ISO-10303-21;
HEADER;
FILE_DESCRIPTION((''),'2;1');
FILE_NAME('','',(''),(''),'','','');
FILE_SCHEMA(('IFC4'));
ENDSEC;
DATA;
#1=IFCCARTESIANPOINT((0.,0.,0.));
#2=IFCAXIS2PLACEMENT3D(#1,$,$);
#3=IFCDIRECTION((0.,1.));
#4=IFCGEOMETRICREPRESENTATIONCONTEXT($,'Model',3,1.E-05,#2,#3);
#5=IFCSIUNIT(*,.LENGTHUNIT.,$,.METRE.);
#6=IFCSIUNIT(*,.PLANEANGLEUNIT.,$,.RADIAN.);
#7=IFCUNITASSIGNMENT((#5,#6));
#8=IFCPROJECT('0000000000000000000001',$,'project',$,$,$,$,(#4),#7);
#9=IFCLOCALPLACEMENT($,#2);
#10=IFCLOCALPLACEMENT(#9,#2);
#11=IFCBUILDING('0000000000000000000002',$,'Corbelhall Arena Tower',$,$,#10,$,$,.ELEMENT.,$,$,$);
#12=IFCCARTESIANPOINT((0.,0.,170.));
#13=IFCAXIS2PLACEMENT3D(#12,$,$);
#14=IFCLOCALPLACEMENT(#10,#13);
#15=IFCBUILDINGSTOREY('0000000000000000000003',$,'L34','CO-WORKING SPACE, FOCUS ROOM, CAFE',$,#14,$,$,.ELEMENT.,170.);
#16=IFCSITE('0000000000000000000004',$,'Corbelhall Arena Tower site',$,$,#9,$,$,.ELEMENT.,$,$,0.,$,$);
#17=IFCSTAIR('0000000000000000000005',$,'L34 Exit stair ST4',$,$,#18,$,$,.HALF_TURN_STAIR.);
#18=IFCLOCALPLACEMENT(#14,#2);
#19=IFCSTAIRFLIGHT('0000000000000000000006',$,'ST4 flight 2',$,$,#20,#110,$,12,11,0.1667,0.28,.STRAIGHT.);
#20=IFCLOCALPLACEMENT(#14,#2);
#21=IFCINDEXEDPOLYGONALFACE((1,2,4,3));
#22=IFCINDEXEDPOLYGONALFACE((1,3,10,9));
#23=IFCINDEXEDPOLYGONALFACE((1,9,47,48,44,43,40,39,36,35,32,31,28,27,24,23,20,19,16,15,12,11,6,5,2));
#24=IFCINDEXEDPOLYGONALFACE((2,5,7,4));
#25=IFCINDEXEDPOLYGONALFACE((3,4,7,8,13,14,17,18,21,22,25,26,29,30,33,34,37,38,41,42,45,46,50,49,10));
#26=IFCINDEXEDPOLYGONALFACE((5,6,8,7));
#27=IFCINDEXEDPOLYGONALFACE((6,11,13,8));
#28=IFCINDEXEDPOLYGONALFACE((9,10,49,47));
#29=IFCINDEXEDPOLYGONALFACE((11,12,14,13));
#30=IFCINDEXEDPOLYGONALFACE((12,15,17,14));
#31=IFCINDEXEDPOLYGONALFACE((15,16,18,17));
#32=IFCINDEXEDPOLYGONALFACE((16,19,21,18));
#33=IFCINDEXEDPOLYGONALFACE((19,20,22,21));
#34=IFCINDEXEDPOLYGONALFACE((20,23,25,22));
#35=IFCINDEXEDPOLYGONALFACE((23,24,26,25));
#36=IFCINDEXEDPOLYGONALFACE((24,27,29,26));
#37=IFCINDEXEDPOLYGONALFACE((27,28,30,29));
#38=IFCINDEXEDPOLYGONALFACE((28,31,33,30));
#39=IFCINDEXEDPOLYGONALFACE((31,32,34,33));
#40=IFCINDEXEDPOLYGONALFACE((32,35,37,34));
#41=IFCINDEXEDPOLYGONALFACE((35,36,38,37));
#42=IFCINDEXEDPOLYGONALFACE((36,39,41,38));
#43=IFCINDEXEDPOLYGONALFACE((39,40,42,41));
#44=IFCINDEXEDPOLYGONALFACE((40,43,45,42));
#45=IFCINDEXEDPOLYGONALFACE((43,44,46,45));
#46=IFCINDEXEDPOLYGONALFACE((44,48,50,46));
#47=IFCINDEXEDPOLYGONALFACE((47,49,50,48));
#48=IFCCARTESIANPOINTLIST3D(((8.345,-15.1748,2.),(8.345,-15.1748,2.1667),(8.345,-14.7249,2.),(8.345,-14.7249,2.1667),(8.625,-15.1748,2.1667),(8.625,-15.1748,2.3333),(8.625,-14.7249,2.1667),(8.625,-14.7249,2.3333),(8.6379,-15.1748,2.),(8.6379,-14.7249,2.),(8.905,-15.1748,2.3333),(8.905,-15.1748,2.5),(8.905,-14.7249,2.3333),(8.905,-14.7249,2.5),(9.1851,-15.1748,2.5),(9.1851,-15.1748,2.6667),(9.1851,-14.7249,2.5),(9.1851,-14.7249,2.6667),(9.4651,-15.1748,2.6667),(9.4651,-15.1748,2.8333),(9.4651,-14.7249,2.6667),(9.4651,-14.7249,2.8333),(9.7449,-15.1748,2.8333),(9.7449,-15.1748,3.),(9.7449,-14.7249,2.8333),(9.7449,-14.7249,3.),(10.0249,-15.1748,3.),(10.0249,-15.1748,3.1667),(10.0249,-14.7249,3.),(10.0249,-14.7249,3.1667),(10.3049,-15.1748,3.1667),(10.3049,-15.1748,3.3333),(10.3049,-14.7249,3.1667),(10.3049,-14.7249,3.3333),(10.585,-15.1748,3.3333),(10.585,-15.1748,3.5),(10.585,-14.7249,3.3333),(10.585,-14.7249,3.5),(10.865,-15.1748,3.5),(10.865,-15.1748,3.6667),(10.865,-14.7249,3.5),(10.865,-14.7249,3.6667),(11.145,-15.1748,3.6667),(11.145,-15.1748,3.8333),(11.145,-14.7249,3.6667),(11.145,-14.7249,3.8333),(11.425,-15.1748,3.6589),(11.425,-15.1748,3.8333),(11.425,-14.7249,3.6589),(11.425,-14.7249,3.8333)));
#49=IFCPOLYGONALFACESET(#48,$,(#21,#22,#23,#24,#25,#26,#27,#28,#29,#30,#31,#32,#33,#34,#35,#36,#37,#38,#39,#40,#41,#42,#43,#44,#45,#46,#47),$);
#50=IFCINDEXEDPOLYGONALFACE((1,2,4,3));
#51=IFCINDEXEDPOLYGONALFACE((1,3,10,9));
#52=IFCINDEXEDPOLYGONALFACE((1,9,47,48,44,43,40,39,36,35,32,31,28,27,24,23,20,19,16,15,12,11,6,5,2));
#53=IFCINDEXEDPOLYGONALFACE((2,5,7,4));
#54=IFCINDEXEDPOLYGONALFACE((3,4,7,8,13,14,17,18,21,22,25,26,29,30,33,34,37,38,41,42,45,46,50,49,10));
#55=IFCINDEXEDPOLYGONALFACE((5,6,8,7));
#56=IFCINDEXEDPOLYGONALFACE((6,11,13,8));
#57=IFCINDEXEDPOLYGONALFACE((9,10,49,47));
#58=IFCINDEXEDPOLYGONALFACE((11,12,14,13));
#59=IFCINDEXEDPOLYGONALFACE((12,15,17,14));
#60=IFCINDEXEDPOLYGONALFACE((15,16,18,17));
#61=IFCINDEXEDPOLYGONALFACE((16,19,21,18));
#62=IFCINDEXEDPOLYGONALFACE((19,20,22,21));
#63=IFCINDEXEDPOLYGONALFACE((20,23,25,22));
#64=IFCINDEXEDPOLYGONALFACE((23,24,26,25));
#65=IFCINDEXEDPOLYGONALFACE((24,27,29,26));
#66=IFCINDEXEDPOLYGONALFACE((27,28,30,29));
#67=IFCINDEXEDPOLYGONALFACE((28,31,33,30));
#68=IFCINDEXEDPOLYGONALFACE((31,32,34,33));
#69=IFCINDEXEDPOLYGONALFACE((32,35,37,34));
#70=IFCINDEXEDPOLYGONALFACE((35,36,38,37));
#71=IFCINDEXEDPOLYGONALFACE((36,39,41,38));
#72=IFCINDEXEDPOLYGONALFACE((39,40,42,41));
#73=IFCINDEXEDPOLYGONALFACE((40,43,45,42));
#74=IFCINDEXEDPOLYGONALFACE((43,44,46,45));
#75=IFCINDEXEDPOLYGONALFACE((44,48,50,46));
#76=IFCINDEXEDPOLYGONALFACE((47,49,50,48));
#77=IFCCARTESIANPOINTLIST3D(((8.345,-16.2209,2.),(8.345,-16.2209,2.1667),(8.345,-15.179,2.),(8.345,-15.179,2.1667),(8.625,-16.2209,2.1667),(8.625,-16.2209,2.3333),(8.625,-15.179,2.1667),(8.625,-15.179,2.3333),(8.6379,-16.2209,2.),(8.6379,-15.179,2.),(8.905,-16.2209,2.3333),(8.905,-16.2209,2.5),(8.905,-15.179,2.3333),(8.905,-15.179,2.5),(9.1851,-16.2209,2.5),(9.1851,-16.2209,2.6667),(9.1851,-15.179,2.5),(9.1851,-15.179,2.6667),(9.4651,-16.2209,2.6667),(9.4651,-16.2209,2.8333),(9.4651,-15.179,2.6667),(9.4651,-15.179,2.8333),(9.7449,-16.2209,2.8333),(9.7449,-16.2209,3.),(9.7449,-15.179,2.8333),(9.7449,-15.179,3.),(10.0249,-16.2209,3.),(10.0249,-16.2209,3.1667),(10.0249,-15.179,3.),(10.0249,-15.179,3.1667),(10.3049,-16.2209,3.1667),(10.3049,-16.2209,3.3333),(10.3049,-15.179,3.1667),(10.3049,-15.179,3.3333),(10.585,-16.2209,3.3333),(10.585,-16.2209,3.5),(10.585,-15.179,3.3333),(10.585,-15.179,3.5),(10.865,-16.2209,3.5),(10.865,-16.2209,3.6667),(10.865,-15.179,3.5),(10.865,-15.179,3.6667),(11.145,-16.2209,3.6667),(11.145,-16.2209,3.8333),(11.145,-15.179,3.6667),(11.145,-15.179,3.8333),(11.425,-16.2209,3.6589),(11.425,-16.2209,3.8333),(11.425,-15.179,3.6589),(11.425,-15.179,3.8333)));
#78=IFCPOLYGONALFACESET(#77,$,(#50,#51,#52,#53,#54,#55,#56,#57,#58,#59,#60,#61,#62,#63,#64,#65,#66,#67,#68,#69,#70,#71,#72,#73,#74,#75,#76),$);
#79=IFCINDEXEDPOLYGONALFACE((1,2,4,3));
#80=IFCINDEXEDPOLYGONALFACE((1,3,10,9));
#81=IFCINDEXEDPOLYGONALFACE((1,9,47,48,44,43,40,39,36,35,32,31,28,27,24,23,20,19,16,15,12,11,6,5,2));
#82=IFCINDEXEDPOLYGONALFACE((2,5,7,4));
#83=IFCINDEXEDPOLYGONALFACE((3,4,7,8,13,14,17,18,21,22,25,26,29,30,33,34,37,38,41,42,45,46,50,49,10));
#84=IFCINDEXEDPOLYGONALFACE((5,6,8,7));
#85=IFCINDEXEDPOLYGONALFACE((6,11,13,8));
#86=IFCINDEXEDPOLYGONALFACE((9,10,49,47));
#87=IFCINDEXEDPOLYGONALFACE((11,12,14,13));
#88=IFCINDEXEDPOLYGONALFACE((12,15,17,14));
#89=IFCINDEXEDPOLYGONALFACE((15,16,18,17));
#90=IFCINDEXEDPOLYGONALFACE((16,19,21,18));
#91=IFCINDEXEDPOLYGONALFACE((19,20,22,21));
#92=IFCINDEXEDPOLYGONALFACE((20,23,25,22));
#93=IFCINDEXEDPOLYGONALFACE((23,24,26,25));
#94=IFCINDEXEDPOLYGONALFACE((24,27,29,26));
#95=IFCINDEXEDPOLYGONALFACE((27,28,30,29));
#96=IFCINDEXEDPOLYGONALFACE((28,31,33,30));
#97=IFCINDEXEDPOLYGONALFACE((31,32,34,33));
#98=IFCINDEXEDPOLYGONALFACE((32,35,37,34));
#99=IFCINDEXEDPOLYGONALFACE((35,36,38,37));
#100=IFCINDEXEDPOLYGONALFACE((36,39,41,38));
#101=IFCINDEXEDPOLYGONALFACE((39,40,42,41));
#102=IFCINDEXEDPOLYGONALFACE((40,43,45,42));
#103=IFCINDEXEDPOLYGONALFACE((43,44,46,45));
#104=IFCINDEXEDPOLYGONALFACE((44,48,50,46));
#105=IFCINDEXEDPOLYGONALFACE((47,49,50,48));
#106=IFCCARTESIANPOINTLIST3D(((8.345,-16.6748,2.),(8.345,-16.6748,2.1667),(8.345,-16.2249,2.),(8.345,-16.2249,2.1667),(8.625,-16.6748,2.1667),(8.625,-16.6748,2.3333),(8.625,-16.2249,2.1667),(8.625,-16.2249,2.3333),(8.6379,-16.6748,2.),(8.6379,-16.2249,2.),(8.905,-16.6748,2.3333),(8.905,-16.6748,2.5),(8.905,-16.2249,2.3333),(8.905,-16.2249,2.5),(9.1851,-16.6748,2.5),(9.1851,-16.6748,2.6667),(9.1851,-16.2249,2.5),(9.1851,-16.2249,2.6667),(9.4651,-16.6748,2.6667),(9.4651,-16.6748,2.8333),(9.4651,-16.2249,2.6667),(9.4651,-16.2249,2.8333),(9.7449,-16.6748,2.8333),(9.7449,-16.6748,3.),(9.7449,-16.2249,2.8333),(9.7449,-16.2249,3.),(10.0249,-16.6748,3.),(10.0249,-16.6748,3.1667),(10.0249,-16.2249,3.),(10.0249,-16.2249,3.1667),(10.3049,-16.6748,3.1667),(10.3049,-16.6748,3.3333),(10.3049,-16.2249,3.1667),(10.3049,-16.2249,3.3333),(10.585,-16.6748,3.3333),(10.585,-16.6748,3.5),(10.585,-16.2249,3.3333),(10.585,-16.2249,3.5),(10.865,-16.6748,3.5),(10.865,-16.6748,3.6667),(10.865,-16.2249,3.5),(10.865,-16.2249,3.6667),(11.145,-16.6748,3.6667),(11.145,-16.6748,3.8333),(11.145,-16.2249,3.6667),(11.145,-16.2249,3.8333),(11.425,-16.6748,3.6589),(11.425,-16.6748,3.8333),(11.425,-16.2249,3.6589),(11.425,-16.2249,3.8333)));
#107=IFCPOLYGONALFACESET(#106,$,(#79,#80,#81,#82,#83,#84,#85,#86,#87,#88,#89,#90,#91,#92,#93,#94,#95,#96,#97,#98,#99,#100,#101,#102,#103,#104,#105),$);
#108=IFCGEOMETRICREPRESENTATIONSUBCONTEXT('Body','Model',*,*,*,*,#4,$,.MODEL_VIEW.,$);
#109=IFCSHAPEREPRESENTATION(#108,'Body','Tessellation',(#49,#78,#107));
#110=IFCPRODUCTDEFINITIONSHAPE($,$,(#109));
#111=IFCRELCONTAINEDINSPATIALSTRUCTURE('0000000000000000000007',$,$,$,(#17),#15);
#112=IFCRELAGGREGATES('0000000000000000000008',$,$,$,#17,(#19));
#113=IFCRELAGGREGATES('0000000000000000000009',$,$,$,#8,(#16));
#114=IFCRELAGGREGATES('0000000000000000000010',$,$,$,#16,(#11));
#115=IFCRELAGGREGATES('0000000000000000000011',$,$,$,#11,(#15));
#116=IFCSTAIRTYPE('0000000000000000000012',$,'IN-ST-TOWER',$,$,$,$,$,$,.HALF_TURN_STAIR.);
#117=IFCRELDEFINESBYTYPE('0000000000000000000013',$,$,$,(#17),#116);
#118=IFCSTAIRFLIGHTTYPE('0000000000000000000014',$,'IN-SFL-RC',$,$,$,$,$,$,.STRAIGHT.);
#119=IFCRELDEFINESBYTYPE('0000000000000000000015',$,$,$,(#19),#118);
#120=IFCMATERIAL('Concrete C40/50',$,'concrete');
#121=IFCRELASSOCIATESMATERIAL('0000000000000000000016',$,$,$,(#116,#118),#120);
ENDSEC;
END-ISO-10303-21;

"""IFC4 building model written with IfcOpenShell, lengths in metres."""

from ifc_helpers import new_model, si_unit, direction, frame, origin, place, context, subcontext, project, spatial, polyline, outline, extrude, material, type_object, element, aggregate, save


model = new_model("IFC4")

# Units and contexts
model_context = context("Model", 3, precision=1e-05, world=origin(), true_north=direction((0.0, 1.0)))
body_context = subcontext(model_context, "Body", "Model", "MODEL_VIEW")
ifc_project = project(units=[si_unit("LENGTHUNIT", "METRE"), si_unit("PLANEANGLEUNIT", "RADIAN")], contexts=[model_context])

# Site, building, storey
site_placement = place(None, origin())
site = spatial("IfcSite", under=ifc_project, at=site_placement, Name="Corbelhall Arena Tower site", CompositionType="ELEMENT", RefElevation=0.0)
building_placement = place(site_placement, origin())
building = spatial("IfcBuilding", under=site, at=building_placement, Name="Corbelhall Arena Tower", CompositionType="ELEMENT")
storey_placement = place(building_placement, frame((0.0, 0.0, 170.0)))
storey = spatial("IfcBuildingStorey", under=building, at=storey_placement, Name="L34", Description="CO-WORKING SPACE, FOCUS ROOM, CAFE", CompositionType="ELEMENT", Elevation=170.0)

# Shared definitions
ifc_material_1 = material(Name="Concrete C40/50", Category="concrete")

# Stair, stair flight
stair_type = type_object("IfcStairType", Name="IN-ST-TOWER", PredefinedType="HALF_TURN_STAIR", material=ifc_material_1)
stair_placement = place(storey_placement, origin())
stair = element("IfcStair", 1, at=stair_placement, inside=storey, type_object=stair_type, Name="L34 Exit stair ST4", PredefinedType="HALF_TURN_STAIR")
stair_flight_type = type_object("IfcStairFlightType", Name="IN-SFL-RC", PredefinedType="STRAIGHT", material=ifc_material_1)
stair_flight_placement = place(storey_placement, frame((8.345, -15.7, 2.0), z_axis=(0.0, 0.0, 1.0), x_axis=(1.0, 0.0, 0.0)))
stair_flight = element("IfcStairFlight", 2, at=stair_flight_placement, type_object=stair_flight_type, Name="ST4 flight 2", NumberOfRisers=12, NumberOfTreads=11, PredefinedType="STRAIGHT", RiserHeight=0.1667, TreadLength=0.28, context=body_context, shape_type="SweptSolid", body=[
    extrude(outline(polyline([(0.0, 0.0), (0.0, 0.1667), (0.28, 0.1667), (0.28, 0.3333), (0.5601, 0.3333), (0.5601, 0.5), (0.8401, 0.5), (0.8401, 0.6667), (1.1201, 0.6667), (1.1201, 0.8333), (1.3999, 0.8333), (1.3999, 1.0), (1.6799, 1.0), (1.6799, 1.1667), (1.96, 1.1667), (1.96, 1.3333), (2.24, 1.3333), (2.24, 1.5), (2.52, 1.5), (2.52, 1.6667), (2.8, 1.6667), (2.8, 1.8333), (3.0801, 1.8333), (3.0801, 2.0), (3.0801, 1.6589), (0.293, 0.0), (0.0, 0.0)])), frame((0.0, 0.9751, 0.0), z_axis=(0.0, -1.0, 0.0), x_axis=(1.0, 0.0, 0.0)), (0.0, 0.0, 1.0), 0.45),
    extrude(outline(polyline([(0.0, 0.0), (0.0, 0.1667), (0.28, 0.1667), (0.28, 0.3333), (0.5601, 0.3333), (0.5601, 0.5), (0.8401, 0.5), (0.8401, 0.6667), (1.1201, 0.6667), (1.1201, 0.8333), (1.3999, 0.8333), (1.3999, 1.0), (1.6799, 1.0), (1.6799, 1.1667), (1.96, 1.1667), (1.96, 1.3333), (2.24, 1.3333), (2.24, 1.5), (2.52, 1.5), (2.52, 1.6667), (2.8, 1.6667), (2.8, 1.8333), (3.0801, 1.8333), (3.0801, 2.0), (3.0801, 1.6589), (0.293, 0.0), (0.0, 0.0)])), frame((0.0, 0.521, 0.0), z_axis=(0.0, -1.0, 0.0), x_axis=(1.0, 0.0, 0.0)), (0.0, 0.0, 1.0), 1.042),
    extrude(outline(polyline([(0.0, 0.0), (0.0, 0.1667), (0.28, 0.1667), (0.28, 0.3333), (0.5601, 0.3333), (0.5601, 0.5), (0.8401, 0.5), (0.8401, 0.6667), (1.1201, 0.6667), (1.1201, 0.8333), (1.3999, 0.8333), (1.3999, 1.0), (1.6799, 1.0), (1.6799, 1.1667), (1.96, 1.1667), (1.96, 1.3333), (2.24, 1.3333), (2.24, 1.5), (2.52, 1.5), (2.52, 1.6667), (2.8, 1.6667), (2.8, 1.8333), (3.0801, 1.8333), (3.0801, 2.0), (3.0801, 1.6589), (0.293, 0.0), (0.0, 0.0)])), frame((0.0, -0.5249, 0.0), z_axis=(0.0, -1.0, 0.0), x_axis=(1.0, 0.0, 0.0)), (0.0, 0.0, 1.0), 0.45),
])
aggregate(stair, [stair_flight])

save(model, "model.ifc")
